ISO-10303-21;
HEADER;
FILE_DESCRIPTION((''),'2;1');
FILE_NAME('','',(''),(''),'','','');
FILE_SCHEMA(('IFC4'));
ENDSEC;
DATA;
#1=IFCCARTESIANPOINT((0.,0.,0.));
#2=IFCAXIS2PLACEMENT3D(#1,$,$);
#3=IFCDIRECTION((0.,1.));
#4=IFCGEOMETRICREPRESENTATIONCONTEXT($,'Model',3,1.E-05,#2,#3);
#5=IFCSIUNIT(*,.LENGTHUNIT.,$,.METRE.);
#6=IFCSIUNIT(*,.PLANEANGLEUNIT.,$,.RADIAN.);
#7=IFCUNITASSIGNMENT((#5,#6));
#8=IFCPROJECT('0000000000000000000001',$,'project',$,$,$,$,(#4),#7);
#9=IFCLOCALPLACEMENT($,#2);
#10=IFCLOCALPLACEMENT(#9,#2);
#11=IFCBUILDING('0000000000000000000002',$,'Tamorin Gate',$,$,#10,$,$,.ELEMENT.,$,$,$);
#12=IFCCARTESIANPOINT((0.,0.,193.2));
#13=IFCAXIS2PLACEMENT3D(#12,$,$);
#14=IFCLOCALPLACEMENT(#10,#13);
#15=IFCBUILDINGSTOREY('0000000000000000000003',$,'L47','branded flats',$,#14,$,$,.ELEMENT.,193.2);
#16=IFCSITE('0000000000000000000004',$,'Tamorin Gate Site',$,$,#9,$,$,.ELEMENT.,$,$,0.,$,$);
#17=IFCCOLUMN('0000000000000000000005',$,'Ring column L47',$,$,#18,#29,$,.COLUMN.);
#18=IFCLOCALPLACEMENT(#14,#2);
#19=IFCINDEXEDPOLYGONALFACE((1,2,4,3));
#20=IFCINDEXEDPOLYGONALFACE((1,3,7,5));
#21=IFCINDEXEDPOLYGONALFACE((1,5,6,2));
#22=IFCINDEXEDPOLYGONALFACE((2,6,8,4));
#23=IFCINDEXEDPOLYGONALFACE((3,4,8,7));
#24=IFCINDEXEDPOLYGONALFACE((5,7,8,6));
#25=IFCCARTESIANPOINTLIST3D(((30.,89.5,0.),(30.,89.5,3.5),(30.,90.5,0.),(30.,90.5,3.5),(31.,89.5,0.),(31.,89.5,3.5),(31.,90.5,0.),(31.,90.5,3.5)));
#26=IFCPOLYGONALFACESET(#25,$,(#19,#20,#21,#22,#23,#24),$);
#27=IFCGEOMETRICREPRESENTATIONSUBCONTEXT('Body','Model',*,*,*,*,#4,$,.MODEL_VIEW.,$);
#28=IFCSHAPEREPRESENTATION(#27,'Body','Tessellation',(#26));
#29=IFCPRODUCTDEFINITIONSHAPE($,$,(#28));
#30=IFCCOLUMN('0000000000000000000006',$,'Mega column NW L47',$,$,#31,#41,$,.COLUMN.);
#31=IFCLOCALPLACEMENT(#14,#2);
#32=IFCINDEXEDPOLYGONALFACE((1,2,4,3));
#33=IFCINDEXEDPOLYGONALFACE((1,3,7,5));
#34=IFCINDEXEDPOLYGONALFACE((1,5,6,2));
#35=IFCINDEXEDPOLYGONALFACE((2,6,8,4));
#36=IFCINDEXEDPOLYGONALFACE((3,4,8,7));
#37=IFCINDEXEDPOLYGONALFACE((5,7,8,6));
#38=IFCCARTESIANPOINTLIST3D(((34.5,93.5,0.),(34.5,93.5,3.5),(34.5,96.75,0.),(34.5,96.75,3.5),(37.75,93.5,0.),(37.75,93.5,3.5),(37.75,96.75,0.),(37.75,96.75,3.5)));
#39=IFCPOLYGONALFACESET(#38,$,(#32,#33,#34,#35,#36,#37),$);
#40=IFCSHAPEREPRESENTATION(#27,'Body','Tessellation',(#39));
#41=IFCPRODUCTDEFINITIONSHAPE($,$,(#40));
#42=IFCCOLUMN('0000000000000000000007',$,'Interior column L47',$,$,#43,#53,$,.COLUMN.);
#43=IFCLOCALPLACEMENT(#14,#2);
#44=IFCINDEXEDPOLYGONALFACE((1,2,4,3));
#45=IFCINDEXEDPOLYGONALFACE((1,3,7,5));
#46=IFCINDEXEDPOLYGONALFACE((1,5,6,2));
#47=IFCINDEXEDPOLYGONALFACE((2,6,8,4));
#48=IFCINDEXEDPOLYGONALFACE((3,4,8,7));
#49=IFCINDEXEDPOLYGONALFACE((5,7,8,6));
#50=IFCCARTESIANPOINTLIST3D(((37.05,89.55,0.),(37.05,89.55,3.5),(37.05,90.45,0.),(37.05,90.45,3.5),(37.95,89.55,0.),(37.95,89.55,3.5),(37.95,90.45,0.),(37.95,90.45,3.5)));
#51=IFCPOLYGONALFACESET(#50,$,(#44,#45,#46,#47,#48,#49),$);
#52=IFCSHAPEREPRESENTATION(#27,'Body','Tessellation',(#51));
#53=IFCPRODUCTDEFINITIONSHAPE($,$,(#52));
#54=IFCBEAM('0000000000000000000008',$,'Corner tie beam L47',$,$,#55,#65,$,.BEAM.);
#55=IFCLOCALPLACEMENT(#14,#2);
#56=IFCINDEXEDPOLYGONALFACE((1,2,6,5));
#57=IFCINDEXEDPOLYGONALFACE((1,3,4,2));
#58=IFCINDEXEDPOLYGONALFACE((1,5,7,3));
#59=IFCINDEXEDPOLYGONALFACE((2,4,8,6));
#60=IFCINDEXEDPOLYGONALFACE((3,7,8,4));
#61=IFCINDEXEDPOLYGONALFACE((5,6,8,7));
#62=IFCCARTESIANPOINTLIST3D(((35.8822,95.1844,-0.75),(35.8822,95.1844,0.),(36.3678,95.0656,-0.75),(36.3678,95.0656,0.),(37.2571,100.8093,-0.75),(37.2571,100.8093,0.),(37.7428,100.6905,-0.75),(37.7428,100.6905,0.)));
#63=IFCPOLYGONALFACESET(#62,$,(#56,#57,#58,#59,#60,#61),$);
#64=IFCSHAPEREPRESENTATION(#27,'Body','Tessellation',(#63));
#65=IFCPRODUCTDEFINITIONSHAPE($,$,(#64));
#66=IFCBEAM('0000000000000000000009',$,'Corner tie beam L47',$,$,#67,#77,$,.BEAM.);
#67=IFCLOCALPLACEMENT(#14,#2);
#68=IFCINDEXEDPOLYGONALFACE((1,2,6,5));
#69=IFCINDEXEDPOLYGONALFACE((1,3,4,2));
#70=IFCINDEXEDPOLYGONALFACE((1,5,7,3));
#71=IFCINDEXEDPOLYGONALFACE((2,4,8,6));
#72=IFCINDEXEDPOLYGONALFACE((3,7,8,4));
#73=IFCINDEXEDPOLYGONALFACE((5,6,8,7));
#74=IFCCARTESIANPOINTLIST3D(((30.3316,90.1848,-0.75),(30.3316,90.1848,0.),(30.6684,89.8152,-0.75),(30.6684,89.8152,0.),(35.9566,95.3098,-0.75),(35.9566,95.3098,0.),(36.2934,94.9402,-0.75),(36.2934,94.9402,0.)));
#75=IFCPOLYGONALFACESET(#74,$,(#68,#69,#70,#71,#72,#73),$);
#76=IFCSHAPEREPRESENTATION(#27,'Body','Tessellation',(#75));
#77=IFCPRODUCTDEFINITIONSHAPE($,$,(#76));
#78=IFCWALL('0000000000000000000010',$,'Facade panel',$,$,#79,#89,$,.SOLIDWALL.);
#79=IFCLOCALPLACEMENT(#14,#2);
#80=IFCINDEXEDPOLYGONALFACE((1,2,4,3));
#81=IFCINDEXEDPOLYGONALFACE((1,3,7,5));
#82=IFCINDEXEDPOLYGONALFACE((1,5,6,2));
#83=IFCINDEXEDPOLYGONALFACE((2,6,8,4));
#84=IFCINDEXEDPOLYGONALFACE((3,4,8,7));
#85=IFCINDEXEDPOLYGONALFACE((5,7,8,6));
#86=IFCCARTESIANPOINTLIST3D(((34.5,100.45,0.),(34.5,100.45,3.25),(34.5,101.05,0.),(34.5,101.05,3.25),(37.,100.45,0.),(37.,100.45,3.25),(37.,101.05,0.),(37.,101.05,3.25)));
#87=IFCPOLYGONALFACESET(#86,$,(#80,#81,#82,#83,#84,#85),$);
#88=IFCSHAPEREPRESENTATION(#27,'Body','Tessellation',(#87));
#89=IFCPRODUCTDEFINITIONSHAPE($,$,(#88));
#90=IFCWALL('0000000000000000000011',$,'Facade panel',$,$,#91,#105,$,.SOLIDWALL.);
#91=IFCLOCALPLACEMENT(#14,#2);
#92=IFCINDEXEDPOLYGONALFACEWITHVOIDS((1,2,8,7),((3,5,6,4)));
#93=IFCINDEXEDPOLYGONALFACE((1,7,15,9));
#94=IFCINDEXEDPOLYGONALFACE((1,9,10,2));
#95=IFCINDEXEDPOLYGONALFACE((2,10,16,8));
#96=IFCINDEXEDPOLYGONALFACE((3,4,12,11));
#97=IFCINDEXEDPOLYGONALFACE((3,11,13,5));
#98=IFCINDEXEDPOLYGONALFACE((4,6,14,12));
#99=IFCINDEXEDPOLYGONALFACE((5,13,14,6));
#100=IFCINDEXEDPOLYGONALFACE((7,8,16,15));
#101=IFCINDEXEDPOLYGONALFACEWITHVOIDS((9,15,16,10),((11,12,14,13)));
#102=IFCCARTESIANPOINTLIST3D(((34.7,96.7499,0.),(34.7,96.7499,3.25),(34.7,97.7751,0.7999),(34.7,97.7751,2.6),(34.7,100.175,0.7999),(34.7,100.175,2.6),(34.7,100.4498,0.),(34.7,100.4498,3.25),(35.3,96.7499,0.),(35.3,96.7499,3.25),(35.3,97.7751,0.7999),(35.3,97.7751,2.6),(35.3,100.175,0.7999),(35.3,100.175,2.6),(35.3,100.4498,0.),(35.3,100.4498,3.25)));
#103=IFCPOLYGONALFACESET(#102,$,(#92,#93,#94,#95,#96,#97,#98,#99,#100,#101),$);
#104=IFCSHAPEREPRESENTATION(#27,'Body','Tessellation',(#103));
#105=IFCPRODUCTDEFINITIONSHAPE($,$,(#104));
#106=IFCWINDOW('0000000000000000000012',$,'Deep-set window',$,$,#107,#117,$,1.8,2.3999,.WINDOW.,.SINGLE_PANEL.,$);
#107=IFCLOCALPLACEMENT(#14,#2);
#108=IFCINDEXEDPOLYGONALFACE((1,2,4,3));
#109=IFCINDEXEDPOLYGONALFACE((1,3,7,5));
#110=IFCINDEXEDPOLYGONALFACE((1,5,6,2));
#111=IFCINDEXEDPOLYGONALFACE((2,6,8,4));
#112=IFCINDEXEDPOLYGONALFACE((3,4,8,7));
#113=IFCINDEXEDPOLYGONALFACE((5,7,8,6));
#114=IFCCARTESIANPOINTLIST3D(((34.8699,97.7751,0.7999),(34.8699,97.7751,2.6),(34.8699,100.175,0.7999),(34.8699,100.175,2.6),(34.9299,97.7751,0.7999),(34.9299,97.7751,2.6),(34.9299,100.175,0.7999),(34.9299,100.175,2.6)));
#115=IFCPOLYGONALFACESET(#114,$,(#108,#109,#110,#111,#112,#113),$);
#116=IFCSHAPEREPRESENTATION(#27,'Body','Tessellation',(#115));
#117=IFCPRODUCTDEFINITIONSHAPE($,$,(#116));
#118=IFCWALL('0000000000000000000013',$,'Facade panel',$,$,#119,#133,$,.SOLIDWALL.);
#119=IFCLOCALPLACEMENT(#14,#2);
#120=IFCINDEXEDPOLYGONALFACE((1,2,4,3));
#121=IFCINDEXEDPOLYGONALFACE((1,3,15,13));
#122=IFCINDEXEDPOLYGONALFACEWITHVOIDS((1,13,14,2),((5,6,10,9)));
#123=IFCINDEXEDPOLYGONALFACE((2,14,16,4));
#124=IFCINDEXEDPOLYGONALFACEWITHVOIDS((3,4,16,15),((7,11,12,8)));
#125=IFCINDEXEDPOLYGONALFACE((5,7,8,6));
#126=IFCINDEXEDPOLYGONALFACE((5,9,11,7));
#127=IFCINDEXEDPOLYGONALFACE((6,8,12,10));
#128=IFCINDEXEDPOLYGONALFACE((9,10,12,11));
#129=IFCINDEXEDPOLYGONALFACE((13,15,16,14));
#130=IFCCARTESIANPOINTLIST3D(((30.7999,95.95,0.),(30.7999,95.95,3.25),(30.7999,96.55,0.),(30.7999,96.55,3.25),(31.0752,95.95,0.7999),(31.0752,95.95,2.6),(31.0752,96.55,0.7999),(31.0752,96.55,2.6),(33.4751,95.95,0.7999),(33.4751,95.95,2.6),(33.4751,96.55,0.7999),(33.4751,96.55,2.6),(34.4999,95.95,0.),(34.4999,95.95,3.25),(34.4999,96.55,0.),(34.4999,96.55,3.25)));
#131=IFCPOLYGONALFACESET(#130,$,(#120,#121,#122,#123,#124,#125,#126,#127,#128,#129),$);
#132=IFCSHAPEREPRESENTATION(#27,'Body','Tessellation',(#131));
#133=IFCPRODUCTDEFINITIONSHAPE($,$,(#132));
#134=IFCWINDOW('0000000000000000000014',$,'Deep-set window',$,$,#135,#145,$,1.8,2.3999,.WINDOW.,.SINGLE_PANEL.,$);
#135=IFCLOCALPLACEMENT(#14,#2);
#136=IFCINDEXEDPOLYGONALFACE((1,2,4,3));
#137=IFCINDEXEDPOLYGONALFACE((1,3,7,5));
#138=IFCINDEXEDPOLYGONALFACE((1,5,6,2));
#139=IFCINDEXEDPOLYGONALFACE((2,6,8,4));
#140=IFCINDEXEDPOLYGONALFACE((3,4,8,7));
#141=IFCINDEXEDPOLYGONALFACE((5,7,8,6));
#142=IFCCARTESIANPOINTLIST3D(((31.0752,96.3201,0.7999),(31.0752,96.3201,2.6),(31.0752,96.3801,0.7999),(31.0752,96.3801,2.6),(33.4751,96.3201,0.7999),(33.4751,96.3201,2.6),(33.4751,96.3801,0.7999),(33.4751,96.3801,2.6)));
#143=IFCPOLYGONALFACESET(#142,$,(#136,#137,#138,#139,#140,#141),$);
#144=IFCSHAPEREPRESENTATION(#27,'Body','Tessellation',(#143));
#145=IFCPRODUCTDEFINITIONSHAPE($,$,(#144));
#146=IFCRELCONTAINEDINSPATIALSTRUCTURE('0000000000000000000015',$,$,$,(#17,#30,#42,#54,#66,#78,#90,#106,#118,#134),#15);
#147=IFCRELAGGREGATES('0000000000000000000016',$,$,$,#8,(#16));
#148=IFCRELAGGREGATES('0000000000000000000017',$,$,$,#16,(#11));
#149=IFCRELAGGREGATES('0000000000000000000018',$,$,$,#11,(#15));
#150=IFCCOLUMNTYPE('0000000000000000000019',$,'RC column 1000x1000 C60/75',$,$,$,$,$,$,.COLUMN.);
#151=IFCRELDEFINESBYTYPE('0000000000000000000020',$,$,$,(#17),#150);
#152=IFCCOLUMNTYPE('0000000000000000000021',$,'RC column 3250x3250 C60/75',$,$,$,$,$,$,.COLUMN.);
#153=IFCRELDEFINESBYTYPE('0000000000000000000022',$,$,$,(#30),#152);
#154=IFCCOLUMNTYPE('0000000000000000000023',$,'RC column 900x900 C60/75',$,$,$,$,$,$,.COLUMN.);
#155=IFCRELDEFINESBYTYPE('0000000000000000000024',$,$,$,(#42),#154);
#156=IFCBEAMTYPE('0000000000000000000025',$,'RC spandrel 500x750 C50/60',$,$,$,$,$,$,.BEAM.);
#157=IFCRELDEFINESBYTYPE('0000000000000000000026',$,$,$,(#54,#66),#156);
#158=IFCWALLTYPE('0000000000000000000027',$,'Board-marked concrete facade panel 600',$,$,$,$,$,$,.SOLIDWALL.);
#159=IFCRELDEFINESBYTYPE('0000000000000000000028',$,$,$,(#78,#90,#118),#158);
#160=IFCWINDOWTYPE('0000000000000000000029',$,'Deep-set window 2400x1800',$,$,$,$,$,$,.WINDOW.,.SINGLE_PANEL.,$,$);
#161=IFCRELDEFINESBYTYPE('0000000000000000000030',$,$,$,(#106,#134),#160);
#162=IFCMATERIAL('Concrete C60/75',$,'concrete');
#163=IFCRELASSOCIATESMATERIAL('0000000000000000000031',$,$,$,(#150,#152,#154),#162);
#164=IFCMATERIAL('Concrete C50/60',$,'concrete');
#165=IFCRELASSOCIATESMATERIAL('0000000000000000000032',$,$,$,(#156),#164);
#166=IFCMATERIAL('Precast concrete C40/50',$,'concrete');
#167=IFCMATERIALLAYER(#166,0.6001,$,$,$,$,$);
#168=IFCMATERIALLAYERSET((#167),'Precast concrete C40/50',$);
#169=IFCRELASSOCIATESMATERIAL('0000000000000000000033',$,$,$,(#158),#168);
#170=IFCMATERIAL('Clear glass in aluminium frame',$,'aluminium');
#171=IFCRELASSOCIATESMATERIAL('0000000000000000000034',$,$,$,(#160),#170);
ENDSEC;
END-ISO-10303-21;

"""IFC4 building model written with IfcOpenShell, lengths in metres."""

from ifc_helpers import new_model, si_unit, direction, frame, frame_2d, origin, origin_2d, place, context, subcontext, project, spatial, rectangle, extrude, material, layer, layer_set, material_profile, profile_set, type_object, element, fill, save


model = new_model("IFC4")

# Units and contexts
model_context = context("Model", 3, precision=1e-05, world=origin(), true_north=direction((0.0, 1.0)))
body_context = subcontext(model_context, "Body", "Model", "MODEL_VIEW")
ifc_project = project(units=[si_unit("LENGTHUNIT", "METRE"), si_unit("PLANEANGLEUNIT", "RADIAN")], contexts=[model_context])

# Site, building, storey
site_placement = place(None, origin())
site = spatial("IfcSite", under=ifc_project, at=site_placement, Name="Tamorin Gate Site", CompositionType="ELEMENT", RefElevation=0.0)
building_placement = place(site_placement, origin())
building = spatial("IfcBuilding", under=site, at=building_placement, Name="Tamorin Gate", CompositionType="ELEMENT")
storey_placement = place(building_placement, frame((0.0, 0.0, 193.2)))
storey = spatial("IfcBuildingStorey", under=building, at=storey_placement, Name="L47", Description="branded flats", CompositionType="ELEMENT", Elevation=193.2)

# Columns
ifc_material_1 = material(Name="Concrete C60/75", Category="concrete")
ifc_material_profile_1 = material_profile(ifc_material_1, rectangle(XDim=1.0, YDim=1.0, at=origin_2d()), Name="RC 1000x1000")
ifc_profile_set_1 = profile_set([ifc_material_profile_1], Name="Concrete C60/75")
column_type_1 = type_object("IfcColumnType", Name="RC column 1000x1000 C60/75", PredefinedType="COLUMN", material=ifc_profile_set_1)
column_1_placement = place(storey_placement, frame((30.5, 90.0, 0.0), z_axis=(0.0, 0.0, 1.0), x_axis=(1.0, 0.0, 0.0)))
element("IfcColumn", 1, at=column_1_placement, inside=storey, type_object=column_type_1, Name="Ring column L47", PredefinedType="COLUMN", context=body_context, shape_type="SweptSolid", body=[
    extrude(rectangle(XDim=1.0, YDim=1.0, at=origin_2d()), origin(), (0.0, 0.0, 1.0), 3.5),
])
ifc_material_profile_2 = material_profile(ifc_material_1, rectangle(XDim=3.25, YDim=3.25, at=origin_2d()), Name="RC 3250x3250")
ifc_profile_set_2 = profile_set([ifc_material_profile_2], Name="Concrete C60/75")
column_type_2 = type_object("IfcColumnType", Name="RC column 3250x3250 C60/75", PredefinedType="COLUMN", material=ifc_profile_set_2)
column_2_placement = place(storey_placement, frame((36.125, 95.125, 0.0), z_axis=(0.0, 0.0, 1.0), x_axis=(1.0, 0.0, 0.0)))
element("IfcColumn", 2, at=column_2_placement, inside=storey, type_object=column_type_2, Name="Mega column NW L47", PredefinedType="COLUMN", context=body_context, shape_type="SweptSolid", body=[
    extrude(rectangle(XDim=3.25, YDim=3.25, at=origin_2d()), origin(), (0.0, 0.0, 1.0), 3.5),
])
ifc_material_profile_3 = material_profile(ifc_material_1, rectangle(XDim=0.8999, YDim=0.8999, at=origin_2d()), Name="RC 900x900")
ifc_profile_set_3 = profile_set([ifc_material_profile_3], Name="Concrete C60/75")
column_type_3 = type_object("IfcColumnType", Name="RC column 900x900 C60/75", PredefinedType="COLUMN", material=ifc_profile_set_3)
column_3_placement = place(storey_placement, frame((37.5, 90.0, 0.0), z_axis=(0.0, 0.0, 1.0), x_axis=(1.0, 0.0, 0.0)))
element("IfcColumn", 3, at=column_3_placement, inside=storey, type_object=column_type_3, Name="Interior column L47", PredefinedType="COLUMN", context=body_context, shape_type="SweptSolid", body=[
    extrude(rectangle(XDim=0.8999, YDim=0.8999, at=origin_2d()), origin(), (0.0, 0.0, 1.0), 3.5),
])

# Beams
ifc_material_2 = material(Name="Concrete C50/60", Category="concrete")
ifc_material_profile_4 = material_profile(ifc_material_2, rectangle(XDim=0.5, YDim=0.75, at=origin_2d()), Name="RC 500x750")
ifc_profile_set_4 = profile_set([ifc_material_profile_4], Name="Concrete C50/60")
beam_type = type_object("IfcBeamType", Name="RC spandrel 500x750 C50/60", PredefinedType="BEAM", material=ifc_profile_set_4)
beam_1_placement = place(storey_placement, frame((36.125, 95.125, -0.375), z_axis=(0.237453, 0.971399, 0.0), x_axis=(-0.971399, 0.237453, 0.0)))
element("IfcBeam", 4, at=beam_1_placement, inside=storey, type_object=beam_type, Name="Corner tie beam L47", PredefinedType="BEAM", context=body_context, shape_type="SweptSolid", body=[
    extrude(rectangle(XDim=0.5, YDim=0.75, at=origin_2d()), origin(), (0.0, 0.0, 1.0), 5.7905),
])
beam_2_placement = place(storey_placement, frame((36.125, 95.125, -0.375), z_axis=(-0.739196, -0.67349, 0.0), x_axis=(0.67349, -0.739196, 0.0)))
element("IfcBeam", 5, at=beam_2_placement, inside=storey, type_object=beam_type, Name="Corner tie beam L47", PredefinedType="BEAM", context=body_context, shape_type="SweptSolid", body=[
    extrude(rectangle(XDim=0.5, YDim=0.75, at=origin_2d()), origin(), (0.0, 0.0, 1.0), 7.6096),
])

# Wall
ifc_material_3 = material(Name="Precast concrete C40/50", Category="concrete")
ifc_layer_1 = layer(ifc_material_3, 0.6001)
ifc_layer_set_1 = layer_set([ifc_layer_1], Name="Precast concrete C40/50")
wall_type_1 = type_object("IfcWallType", Name="Board-marked concrete facade panel 600", PredefinedType="SOLIDWALL", material=ifc_layer_set_1)
wall_1_placement = place(storey_placement, frame((37.0, 100.75, 0.0), z_axis=(0.0, 0.0, 1.0), x_axis=(-1.0, 0.0, 0.0)))
element("IfcWall", 6, at=wall_1_placement, inside=storey, type_object=wall_type_1, Name="Facade panel", PredefinedType="SOLIDWALL", context=body_context, shape_type="SweptSolid", body=[
    extrude(rectangle(XDim=2.5, YDim=0.6001, at=frame_2d((1.25, 0.0))), origin(), (0.0, 0.0, 1.0), 3.25),
])

# Walls, openings, windows
wall_2_placement = place(storey_placement, frame((35.0, 100.45, 0.0), z_axis=(0.0, 0.0, 1.0), x_axis=(0.0, -1.0, 0.0)))
wall_2 = element("IfcWall", 7, at=wall_2_placement, inside=storey, type_object=wall_type_1, Name="Facade panel", PredefinedType="SOLIDWALL", context=body_context, shape_type="SweptSolid", body=[
    extrude(rectangle(XDim=3.7, YDim=0.6001, at=frame_2d((1.8501, 0.0))), origin(), (0.0, 0.0, 1.0), 3.25),
])
opening_1_placement = place(wall_2_placement, frame((0.2749, 0.0, 0.8)))
opening_1 = element("IfcOpeningElement", 8, at=opening_1_placement, cuts=wall_2, PredefinedType="OPENING", context=body_context, shape_type="SweptSolid", body=[
    extrude(rectangle(XDim=2.3999, YDim=1.8, at=frame_2d((1.2, 0.8999))), frame((0.0, 0.3101, 0.0), z_axis=(0.0, -1.0, 0.0), x_axis=(1.0, 0.0, 0.0)), (0.0, 0.0, 1.0), 0.6201),
])
ifc_material_4 = material(Name="Clear glass in aluminium frame", Category="aluminium")
window_type_1 = type_object("IfcWindowType", Name="Deep-set window 2400x1800", PartitioningType="SINGLE_PANEL", PredefinedType="WINDOW", material=ifc_material_4)
window_1_placement = place(opening_1_placement, origin())
window_1 = element("IfcWindow", 9, at=window_1_placement, inside=storey, type_object=window_type_1, Name="Deep-set window", OverallHeight=1.8, OverallWidth=2.3999, PartitioningType="SINGLE_PANEL", PredefinedType="WINDOW", context=body_context, shape_type="SweptSolid", body=[
    extrude(rectangle(XDim=2.3999, YDim=1.8, at=frame_2d((1.2, 0.8999))), frame((0.0, -0.0701, 0.0), z_axis=(0.0, -1.0, 0.0), x_axis=(1.0, 0.0, 0.0)), (0.0, 0.0, 1.0), 0.0601),
])
fill(opening_1, window_1)
wall_3_placement = place(storey_placement, frame((34.5, 96.25, 0.0), z_axis=(0.0, 0.0, 1.0), x_axis=(-1.0, 0.0, 0.0)))
wall_3 = element("IfcWall", 10, at=wall_3_placement, inside=storey, type_object=wall_type_1, Name="Facade panel", PredefinedType="SOLIDWALL", context=body_context, shape_type="SweptSolid", body=[
    extrude(rectangle(XDim=3.7, YDim=0.6001, at=frame_2d((1.8501, 0.0))), origin(), (0.0, 0.0, 1.0), 3.25),
])
opening_2_placement = place(wall_3_placement, frame((1.0249, 0.0, 0.8)))
opening_2 = element("IfcOpeningElement", 11, at=opening_2_placement, cuts=wall_3, PredefinedType="OPENING", context=body_context, shape_type="SweptSolid", body=[
    extrude(rectangle(XDim=2.3999, YDim=1.8, at=frame_2d((1.2, 0.8999))), frame((0.0, 0.3101, 0.0), z_axis=(0.0, -1.0, 0.0), x_axis=(1.0, 0.0, 0.0)), (0.0, 0.0, 1.0), 0.6201),
])
window_2_placement = place(opening_2_placement, origin())
window_2 = element("IfcWindow", 12, at=window_2_placement, inside=storey, type_object=window_type_1, Name="Deep-set window", OverallHeight=1.8, OverallWidth=2.3999, PartitioningType="SINGLE_PANEL", PredefinedType="WINDOW", context=body_context, shape_type="SweptSolid", body=[
    extrude(rectangle(XDim=2.3999, YDim=1.8, at=frame_2d((1.2, 0.8999))), frame((0.0, -0.0701, 0.0), z_axis=(0.0, -1.0, 0.0), x_axis=(1.0, 0.0, 0.0)), (0.0, 0.0, 1.0), 0.0601),
])
fill(opening_2, window_2)

save(model, "model.ifc")
